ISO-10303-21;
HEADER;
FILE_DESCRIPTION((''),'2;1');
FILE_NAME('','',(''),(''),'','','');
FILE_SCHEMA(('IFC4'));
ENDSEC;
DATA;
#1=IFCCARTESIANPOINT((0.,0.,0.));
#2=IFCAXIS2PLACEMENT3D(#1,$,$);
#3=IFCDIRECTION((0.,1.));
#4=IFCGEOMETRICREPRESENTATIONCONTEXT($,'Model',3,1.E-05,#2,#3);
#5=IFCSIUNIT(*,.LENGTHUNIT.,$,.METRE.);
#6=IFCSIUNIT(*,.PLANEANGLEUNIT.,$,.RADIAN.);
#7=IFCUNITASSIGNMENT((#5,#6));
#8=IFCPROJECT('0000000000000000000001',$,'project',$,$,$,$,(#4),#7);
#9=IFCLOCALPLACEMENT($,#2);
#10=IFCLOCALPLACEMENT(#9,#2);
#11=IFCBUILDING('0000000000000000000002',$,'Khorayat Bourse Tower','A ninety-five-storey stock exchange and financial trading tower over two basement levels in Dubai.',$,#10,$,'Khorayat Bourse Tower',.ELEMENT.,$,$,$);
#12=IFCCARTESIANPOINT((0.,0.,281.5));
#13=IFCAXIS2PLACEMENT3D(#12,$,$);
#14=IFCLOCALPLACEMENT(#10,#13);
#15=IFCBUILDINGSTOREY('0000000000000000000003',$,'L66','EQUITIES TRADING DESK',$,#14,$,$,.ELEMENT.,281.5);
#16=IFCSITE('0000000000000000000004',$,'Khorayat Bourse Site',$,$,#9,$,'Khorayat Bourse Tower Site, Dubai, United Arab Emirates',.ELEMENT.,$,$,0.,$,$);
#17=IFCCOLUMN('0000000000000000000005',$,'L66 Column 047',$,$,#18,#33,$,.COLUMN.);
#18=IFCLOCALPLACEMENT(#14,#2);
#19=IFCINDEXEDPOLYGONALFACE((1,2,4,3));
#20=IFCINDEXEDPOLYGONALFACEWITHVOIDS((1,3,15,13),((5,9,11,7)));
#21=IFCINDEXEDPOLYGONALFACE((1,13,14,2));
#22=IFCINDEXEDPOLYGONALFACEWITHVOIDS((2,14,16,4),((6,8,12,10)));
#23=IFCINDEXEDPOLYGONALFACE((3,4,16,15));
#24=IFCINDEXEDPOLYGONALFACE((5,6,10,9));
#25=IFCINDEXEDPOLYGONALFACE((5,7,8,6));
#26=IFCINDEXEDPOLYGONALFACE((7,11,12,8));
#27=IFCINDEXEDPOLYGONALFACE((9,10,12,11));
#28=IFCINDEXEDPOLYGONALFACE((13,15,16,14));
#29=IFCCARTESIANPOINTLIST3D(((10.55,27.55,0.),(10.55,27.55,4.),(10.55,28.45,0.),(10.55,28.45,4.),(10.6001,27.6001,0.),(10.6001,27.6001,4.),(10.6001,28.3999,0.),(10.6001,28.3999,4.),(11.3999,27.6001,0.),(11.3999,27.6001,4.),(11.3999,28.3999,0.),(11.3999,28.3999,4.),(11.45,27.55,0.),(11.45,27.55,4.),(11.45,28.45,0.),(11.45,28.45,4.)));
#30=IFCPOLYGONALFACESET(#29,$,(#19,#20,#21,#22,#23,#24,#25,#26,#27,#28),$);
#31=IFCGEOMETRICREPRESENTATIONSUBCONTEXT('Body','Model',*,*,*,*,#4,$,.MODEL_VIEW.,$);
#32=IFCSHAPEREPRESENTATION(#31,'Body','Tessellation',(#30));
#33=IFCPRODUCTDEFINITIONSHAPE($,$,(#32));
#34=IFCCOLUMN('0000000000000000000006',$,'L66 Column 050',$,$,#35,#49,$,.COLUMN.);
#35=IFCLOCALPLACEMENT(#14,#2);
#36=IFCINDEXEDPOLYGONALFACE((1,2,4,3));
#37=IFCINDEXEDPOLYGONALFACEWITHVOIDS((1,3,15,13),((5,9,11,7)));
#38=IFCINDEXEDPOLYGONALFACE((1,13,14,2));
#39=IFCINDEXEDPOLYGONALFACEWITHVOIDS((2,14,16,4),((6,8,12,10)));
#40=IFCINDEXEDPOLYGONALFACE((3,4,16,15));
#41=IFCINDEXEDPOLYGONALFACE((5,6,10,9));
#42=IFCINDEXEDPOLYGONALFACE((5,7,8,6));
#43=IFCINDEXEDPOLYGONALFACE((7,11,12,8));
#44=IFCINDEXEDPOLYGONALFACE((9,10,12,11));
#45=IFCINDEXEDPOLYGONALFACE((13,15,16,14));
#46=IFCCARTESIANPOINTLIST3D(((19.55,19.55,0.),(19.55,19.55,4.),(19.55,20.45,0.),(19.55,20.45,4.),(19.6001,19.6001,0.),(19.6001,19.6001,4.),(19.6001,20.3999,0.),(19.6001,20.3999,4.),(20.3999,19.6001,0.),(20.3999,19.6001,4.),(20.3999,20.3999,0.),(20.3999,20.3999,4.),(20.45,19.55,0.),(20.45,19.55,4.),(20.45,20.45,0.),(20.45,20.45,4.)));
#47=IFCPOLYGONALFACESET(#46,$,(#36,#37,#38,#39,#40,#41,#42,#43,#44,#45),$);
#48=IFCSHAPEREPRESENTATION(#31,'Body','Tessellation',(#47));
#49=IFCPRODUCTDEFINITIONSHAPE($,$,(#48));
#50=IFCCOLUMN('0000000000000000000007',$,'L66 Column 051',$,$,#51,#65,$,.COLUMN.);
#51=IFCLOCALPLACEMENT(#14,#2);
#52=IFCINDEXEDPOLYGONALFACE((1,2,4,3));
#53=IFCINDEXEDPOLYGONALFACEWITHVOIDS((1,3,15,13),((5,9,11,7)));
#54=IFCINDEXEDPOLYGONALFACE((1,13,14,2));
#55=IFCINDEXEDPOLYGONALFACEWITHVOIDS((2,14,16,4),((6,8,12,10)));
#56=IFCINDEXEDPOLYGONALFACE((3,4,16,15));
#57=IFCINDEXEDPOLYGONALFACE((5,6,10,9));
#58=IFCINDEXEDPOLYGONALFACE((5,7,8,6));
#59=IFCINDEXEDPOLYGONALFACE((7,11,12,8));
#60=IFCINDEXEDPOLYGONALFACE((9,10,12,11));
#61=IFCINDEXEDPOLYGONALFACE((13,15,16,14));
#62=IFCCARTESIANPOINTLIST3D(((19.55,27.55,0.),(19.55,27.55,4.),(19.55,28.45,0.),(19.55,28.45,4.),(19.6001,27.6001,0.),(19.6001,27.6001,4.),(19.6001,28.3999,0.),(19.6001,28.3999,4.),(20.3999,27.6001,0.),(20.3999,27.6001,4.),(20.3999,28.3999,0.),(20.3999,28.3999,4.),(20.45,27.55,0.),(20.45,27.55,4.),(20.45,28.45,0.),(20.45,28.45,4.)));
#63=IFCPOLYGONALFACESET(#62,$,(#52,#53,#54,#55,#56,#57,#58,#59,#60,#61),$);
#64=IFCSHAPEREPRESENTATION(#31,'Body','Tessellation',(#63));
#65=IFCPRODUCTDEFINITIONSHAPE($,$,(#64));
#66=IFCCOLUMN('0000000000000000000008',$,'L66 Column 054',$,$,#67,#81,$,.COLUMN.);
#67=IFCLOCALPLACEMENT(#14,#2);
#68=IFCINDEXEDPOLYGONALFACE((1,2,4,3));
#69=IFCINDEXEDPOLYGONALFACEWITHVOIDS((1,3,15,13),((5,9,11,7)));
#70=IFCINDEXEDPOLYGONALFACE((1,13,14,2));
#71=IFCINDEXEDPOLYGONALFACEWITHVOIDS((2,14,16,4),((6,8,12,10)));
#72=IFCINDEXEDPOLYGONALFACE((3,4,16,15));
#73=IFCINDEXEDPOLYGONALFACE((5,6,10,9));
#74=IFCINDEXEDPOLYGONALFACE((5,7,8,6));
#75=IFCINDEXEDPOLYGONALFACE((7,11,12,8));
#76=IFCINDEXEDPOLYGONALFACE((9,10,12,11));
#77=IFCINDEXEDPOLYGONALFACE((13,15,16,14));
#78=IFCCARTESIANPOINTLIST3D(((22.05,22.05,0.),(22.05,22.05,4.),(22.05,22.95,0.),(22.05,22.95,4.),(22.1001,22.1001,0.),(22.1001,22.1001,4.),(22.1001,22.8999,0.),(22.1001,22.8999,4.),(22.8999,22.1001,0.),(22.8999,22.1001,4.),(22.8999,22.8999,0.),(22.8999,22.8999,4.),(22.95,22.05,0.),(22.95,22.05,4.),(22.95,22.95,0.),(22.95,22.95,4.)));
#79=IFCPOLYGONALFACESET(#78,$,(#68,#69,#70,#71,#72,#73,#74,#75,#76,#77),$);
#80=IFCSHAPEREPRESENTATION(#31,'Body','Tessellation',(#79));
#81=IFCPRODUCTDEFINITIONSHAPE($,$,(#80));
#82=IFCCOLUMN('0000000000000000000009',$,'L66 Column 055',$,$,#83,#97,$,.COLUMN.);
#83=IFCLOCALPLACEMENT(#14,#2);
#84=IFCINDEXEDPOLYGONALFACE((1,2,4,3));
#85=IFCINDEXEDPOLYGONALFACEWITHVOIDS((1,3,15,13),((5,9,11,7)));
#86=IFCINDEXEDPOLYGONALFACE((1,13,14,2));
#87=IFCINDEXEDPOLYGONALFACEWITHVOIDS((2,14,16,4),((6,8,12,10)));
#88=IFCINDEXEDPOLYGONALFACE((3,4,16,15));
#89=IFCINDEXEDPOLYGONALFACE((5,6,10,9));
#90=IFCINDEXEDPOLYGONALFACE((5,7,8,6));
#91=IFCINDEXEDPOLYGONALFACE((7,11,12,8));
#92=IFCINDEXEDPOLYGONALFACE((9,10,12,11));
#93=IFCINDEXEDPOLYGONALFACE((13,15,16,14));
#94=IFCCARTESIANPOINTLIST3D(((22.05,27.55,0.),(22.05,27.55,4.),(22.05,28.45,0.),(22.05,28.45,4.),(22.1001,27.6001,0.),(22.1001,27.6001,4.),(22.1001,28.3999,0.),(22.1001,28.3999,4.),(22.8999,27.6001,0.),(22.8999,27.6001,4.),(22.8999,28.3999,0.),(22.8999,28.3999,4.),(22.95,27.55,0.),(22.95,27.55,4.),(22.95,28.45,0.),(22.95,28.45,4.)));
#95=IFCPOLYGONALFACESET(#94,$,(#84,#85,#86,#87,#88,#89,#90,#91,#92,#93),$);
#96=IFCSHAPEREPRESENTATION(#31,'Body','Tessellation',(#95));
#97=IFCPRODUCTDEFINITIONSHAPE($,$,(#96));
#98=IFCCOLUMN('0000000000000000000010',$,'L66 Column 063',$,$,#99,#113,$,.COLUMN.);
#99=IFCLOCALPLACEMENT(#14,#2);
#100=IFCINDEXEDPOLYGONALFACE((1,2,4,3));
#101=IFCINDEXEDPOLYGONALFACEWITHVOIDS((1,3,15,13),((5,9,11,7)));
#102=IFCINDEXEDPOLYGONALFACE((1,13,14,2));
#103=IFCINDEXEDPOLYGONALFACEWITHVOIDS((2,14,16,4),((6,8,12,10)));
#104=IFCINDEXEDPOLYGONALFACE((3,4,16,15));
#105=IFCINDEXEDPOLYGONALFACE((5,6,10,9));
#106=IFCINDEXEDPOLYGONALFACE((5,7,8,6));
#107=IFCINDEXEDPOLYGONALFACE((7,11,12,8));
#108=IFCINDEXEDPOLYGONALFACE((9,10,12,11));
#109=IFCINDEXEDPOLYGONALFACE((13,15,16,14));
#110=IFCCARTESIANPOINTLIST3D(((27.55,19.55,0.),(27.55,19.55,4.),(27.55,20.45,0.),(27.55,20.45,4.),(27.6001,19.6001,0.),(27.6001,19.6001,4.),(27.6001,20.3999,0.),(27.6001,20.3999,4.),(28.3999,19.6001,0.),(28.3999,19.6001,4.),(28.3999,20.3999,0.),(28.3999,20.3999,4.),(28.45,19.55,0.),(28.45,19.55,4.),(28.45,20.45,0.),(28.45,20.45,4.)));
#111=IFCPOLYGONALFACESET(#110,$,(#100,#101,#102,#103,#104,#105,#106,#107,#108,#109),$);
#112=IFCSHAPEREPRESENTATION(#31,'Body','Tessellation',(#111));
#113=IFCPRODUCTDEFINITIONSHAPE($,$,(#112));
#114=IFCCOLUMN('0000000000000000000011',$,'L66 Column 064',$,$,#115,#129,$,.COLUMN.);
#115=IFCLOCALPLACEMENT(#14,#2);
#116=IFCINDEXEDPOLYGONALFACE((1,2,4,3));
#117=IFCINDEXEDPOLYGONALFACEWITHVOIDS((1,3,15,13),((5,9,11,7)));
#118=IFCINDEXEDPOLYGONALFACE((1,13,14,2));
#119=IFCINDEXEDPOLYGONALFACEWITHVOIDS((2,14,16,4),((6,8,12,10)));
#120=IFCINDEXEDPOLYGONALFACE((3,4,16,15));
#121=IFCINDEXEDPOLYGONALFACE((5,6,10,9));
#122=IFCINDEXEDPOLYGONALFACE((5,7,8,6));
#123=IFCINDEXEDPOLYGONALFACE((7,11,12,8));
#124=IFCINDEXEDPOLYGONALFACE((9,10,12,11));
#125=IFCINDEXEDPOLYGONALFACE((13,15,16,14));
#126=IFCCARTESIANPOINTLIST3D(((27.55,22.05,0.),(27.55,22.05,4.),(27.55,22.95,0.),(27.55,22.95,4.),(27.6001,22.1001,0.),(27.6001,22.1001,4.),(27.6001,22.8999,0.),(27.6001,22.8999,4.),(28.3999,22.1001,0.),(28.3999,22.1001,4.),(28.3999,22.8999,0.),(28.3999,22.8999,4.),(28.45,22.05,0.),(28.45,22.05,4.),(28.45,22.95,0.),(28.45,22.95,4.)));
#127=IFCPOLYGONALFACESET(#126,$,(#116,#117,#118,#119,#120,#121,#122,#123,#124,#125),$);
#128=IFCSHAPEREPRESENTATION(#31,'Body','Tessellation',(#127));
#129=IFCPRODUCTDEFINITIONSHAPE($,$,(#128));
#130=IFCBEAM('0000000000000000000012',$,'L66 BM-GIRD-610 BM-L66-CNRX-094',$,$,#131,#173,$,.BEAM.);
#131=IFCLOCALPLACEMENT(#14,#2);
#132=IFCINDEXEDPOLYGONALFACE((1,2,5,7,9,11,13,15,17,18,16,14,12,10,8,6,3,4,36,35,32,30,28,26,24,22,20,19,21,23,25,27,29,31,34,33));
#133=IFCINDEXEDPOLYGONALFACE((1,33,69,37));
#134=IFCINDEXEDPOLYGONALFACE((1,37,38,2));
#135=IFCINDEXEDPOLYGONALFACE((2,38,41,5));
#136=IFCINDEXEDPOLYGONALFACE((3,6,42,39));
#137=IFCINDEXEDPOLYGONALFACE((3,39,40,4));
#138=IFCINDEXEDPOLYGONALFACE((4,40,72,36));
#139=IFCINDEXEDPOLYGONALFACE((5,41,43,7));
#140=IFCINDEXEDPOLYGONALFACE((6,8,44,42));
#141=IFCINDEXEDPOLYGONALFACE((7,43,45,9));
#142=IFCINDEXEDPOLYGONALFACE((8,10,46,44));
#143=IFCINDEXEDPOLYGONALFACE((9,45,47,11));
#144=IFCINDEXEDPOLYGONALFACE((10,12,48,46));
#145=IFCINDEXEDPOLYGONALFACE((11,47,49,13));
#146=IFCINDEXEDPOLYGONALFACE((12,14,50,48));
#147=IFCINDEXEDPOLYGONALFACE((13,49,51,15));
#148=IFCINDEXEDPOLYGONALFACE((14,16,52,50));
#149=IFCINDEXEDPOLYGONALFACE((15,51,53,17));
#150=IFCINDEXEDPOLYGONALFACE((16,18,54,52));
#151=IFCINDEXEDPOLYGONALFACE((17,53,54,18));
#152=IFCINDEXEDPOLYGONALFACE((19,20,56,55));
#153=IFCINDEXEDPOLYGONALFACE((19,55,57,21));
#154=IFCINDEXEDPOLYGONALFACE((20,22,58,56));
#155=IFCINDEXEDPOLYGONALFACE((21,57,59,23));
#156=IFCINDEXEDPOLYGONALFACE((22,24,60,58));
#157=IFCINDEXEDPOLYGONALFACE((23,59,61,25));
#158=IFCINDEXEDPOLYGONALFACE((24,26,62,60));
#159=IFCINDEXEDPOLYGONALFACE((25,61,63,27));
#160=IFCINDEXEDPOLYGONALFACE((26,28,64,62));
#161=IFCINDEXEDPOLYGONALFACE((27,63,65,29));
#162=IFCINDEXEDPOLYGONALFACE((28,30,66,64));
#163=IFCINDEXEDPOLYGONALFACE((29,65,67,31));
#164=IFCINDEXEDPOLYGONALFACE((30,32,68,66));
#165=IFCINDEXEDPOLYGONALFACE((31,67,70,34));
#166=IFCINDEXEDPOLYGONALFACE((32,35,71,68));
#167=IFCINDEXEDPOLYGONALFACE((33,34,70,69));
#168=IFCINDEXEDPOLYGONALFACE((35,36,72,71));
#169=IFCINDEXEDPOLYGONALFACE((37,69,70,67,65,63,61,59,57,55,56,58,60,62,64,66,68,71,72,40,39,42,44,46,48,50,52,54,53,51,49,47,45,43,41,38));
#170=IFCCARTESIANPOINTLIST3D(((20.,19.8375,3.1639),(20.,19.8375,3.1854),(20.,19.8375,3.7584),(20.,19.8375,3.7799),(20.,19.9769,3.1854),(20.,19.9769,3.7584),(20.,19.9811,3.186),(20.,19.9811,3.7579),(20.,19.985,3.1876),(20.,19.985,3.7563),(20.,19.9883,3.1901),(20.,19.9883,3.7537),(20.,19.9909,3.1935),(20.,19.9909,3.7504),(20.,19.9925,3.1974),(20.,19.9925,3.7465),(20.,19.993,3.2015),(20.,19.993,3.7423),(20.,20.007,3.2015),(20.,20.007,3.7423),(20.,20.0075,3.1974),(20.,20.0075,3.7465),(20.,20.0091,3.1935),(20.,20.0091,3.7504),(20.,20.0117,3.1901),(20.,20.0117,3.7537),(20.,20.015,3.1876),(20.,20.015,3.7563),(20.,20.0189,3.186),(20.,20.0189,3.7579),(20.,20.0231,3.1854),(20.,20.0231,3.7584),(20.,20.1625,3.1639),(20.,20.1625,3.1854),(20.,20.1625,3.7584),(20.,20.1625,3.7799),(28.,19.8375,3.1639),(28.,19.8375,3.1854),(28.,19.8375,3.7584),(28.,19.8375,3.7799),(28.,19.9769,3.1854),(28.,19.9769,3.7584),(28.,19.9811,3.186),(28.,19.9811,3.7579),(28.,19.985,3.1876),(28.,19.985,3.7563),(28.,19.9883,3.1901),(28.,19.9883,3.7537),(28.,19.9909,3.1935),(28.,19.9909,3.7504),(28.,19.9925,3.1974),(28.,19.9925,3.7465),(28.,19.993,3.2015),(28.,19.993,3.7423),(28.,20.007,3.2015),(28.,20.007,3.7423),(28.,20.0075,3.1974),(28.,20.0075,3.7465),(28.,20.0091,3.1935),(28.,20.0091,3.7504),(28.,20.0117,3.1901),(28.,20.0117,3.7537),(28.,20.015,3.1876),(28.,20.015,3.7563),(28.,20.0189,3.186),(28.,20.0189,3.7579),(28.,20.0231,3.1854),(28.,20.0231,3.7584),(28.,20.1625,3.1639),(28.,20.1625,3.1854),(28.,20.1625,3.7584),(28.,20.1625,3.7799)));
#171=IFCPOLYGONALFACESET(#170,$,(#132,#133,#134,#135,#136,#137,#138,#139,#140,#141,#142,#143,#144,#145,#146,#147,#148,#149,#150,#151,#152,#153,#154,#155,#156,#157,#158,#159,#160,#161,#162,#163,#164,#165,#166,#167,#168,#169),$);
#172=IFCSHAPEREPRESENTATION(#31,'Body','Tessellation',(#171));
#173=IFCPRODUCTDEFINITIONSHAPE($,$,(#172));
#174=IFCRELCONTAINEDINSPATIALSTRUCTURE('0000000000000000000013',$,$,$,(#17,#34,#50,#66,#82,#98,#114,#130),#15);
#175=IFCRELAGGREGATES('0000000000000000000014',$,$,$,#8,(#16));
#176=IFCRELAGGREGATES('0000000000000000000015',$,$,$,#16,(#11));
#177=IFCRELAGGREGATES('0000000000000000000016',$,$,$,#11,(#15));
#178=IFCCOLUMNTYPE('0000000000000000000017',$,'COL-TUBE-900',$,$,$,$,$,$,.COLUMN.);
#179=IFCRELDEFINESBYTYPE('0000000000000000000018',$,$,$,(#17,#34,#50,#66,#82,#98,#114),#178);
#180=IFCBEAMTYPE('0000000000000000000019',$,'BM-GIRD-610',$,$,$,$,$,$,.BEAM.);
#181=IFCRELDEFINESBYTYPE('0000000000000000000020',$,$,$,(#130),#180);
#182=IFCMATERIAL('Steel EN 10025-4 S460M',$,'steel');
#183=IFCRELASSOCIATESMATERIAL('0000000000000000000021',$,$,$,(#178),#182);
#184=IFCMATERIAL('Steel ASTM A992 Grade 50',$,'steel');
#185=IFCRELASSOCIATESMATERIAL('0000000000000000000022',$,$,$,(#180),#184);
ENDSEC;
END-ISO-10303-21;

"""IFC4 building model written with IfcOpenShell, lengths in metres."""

from ifc_helpers import new_model, si_unit, direction, frame, origin, origin_2d, place, context, subcontext, project, spatial, hollow_rectangle, i_section, extrude, source, transform, mapped, material, material_profile, profile_set, type_object, element, save


model = new_model("IFC4")

# Units and contexts
model_context = context("Model", 3, precision=1e-05, world=origin(), true_north=direction((0.0, 1.0)))
body_context = subcontext(model_context, "Body", "Model", "MODEL_VIEW")
ifc_project = project(units=[si_unit("LENGTHUNIT", "METRE"), si_unit("PLANEANGLEUNIT", "RADIAN")], contexts=[model_context])

# Site, building, storey
site_placement = place(None, origin())
site = spatial("IfcSite", under=ifc_project, at=site_placement, Name="Khorayat Bourse Site", LongName="Khorayat Bourse Tower Site, Dubai, United Arab Emirates", CompositionType="ELEMENT", RefElevation=0.0)
building_placement = place(site_placement, origin())
building = spatial("IfcBuilding", under=site, at=building_placement, Name="Khorayat Bourse Tower", Description="A ninety-five-storey stock exchange and financial trading tower over two basement levels in Dubai.", LongName="Khorayat Bourse Tower", CompositionType="ELEMENT")
storey_placement = place(building_placement, frame((0.0, 0.0, 281.5)))
storey = spatial("IfcBuildingStorey", under=building, at=storey_placement, Name="L66", Description="EQUITIES TRADING DESK", CompositionType="ELEMENT", Elevation=281.5)

# Columns
ifc_material_1 = material(Name="Steel EN 10025-4 S460M", Category="steel")
ifc_material_profile_1 = material_profile(ifc_material_1, hollow_rectangle(XDim=0.8999, YDim=0.8999, WallThickness=0.05, at=origin_2d()), Name="BOX 900x900x50")
ifc_profile_set_1 = profile_set([ifc_material_profile_1], Name="Steel EN 10025-4 S460M")
column_type = type_object("IfcColumnType", Name="COL-TUBE-900", PredefinedType="COLUMN", material=ifc_profile_set_1)
shared_shape_1 = source(origin(), body_context, "Body", "SweptSolid", [
    extrude(hollow_rectangle(XDim=0.8999, YDim=0.8999, WallThickness=0.05, at=origin_2d()), origin(), (0.0, 0.0, 1.0), 4.0),
])
for number, where, z_axis, x_axis, name in (
    (1, (11.0, 28.0, 0.0), (0.0, 0.0, 1.0), (1.0, 0.0, 0.0), "L66 Column 047"),
    (2, (20.0, 20.0, 0.0), (0.0, 0.0, 1.0), (1.0, 0.0, 0.0), "L66 Column 050"),
    (3, (20.0, 28.0, 0.0), (0.0, 0.0, 1.0), (1.0, 0.0, 0.0), "L66 Column 051"),
    (4, (22.5, 22.5, 0.0), (0.0, 0.0, 1.0), (1.0, 0.0, 0.0), "L66 Column 054"),
    (5, (22.5, 28.0, 0.0), (0.0, 0.0, 1.0), (1.0, 0.0, 0.0), "L66 Column 055"),
    (6, (28.0, 20.0, 0.0), (0.0, 0.0, 1.0), (1.0, 0.0, 0.0), "L66 Column 063"),
    (7, (28.0, 22.5, 0.0), (0.0, 0.0, 1.0), (1.0, 0.0, 0.0), "L66 Column 064"),
):
    element("IfcColumn", number, at=place(storey_placement, frame(where, z_axis=z_axis, x_axis=x_axis)), inside=storey, type_object=column_type, Name=name, PredefinedType="COLUMN", context=body_context, shape_type="MappedRepresentation", body=[
        mapped(shared_shape_1, transform((0.0, 0.0, 0.0), scale=1.0)),
    ])

# Beam
ifc_material_2 = material(Name="Steel ASTM A992 Grade 50", Category="steel")
ifc_material_profile_2 = material_profile(ifc_material_2, i_section(OverallWidth=0.325, OverallDepth=0.616, WebThickness=0.0139, FlangeThickness=0.0215, FilletRadius=0.0161, at=origin_2d()), Name="W610X174")
ifc_profile_set_2 = profile_set([ifc_material_profile_2], Name="Steel ASTM A992 Grade 50")
beam_type_1 = type_object("IfcBeamType", Name="BM-GIRD-610", PredefinedType="BEAM", material=ifc_profile_set_2)
shared_shape_2 = source(origin(), body_context, "Body", "SweptSolid", [
    extrude(i_section(OverallWidth=0.325, OverallDepth=0.616, WebThickness=0.0139, FlangeThickness=0.0215, FilletRadius=0.0161, at=origin_2d()), origin(), (0.0, 0.0, 1.0), 8.0),
])
beam_1_placement = place(storey_placement, frame((20.0, 20.0, 3.4719), z_axis=(1.0, 0.0, 0.0), x_axis=(0.0, 1.0, 0.0)))
element("IfcBeam", 8, at=beam_1_placement, inside=storey, type_object=beam_type_1, Name="L66 BM-GIRD-610 BM-L66-CNRX-094", PredefinedType="BEAM", context=body_context, shape_type="MappedRepresentation", body=[
    mapped(shared_shape_2, transform((0.0, 0.0, 0.0), scale=1.0)),
])

save(model, "model.ifc")
